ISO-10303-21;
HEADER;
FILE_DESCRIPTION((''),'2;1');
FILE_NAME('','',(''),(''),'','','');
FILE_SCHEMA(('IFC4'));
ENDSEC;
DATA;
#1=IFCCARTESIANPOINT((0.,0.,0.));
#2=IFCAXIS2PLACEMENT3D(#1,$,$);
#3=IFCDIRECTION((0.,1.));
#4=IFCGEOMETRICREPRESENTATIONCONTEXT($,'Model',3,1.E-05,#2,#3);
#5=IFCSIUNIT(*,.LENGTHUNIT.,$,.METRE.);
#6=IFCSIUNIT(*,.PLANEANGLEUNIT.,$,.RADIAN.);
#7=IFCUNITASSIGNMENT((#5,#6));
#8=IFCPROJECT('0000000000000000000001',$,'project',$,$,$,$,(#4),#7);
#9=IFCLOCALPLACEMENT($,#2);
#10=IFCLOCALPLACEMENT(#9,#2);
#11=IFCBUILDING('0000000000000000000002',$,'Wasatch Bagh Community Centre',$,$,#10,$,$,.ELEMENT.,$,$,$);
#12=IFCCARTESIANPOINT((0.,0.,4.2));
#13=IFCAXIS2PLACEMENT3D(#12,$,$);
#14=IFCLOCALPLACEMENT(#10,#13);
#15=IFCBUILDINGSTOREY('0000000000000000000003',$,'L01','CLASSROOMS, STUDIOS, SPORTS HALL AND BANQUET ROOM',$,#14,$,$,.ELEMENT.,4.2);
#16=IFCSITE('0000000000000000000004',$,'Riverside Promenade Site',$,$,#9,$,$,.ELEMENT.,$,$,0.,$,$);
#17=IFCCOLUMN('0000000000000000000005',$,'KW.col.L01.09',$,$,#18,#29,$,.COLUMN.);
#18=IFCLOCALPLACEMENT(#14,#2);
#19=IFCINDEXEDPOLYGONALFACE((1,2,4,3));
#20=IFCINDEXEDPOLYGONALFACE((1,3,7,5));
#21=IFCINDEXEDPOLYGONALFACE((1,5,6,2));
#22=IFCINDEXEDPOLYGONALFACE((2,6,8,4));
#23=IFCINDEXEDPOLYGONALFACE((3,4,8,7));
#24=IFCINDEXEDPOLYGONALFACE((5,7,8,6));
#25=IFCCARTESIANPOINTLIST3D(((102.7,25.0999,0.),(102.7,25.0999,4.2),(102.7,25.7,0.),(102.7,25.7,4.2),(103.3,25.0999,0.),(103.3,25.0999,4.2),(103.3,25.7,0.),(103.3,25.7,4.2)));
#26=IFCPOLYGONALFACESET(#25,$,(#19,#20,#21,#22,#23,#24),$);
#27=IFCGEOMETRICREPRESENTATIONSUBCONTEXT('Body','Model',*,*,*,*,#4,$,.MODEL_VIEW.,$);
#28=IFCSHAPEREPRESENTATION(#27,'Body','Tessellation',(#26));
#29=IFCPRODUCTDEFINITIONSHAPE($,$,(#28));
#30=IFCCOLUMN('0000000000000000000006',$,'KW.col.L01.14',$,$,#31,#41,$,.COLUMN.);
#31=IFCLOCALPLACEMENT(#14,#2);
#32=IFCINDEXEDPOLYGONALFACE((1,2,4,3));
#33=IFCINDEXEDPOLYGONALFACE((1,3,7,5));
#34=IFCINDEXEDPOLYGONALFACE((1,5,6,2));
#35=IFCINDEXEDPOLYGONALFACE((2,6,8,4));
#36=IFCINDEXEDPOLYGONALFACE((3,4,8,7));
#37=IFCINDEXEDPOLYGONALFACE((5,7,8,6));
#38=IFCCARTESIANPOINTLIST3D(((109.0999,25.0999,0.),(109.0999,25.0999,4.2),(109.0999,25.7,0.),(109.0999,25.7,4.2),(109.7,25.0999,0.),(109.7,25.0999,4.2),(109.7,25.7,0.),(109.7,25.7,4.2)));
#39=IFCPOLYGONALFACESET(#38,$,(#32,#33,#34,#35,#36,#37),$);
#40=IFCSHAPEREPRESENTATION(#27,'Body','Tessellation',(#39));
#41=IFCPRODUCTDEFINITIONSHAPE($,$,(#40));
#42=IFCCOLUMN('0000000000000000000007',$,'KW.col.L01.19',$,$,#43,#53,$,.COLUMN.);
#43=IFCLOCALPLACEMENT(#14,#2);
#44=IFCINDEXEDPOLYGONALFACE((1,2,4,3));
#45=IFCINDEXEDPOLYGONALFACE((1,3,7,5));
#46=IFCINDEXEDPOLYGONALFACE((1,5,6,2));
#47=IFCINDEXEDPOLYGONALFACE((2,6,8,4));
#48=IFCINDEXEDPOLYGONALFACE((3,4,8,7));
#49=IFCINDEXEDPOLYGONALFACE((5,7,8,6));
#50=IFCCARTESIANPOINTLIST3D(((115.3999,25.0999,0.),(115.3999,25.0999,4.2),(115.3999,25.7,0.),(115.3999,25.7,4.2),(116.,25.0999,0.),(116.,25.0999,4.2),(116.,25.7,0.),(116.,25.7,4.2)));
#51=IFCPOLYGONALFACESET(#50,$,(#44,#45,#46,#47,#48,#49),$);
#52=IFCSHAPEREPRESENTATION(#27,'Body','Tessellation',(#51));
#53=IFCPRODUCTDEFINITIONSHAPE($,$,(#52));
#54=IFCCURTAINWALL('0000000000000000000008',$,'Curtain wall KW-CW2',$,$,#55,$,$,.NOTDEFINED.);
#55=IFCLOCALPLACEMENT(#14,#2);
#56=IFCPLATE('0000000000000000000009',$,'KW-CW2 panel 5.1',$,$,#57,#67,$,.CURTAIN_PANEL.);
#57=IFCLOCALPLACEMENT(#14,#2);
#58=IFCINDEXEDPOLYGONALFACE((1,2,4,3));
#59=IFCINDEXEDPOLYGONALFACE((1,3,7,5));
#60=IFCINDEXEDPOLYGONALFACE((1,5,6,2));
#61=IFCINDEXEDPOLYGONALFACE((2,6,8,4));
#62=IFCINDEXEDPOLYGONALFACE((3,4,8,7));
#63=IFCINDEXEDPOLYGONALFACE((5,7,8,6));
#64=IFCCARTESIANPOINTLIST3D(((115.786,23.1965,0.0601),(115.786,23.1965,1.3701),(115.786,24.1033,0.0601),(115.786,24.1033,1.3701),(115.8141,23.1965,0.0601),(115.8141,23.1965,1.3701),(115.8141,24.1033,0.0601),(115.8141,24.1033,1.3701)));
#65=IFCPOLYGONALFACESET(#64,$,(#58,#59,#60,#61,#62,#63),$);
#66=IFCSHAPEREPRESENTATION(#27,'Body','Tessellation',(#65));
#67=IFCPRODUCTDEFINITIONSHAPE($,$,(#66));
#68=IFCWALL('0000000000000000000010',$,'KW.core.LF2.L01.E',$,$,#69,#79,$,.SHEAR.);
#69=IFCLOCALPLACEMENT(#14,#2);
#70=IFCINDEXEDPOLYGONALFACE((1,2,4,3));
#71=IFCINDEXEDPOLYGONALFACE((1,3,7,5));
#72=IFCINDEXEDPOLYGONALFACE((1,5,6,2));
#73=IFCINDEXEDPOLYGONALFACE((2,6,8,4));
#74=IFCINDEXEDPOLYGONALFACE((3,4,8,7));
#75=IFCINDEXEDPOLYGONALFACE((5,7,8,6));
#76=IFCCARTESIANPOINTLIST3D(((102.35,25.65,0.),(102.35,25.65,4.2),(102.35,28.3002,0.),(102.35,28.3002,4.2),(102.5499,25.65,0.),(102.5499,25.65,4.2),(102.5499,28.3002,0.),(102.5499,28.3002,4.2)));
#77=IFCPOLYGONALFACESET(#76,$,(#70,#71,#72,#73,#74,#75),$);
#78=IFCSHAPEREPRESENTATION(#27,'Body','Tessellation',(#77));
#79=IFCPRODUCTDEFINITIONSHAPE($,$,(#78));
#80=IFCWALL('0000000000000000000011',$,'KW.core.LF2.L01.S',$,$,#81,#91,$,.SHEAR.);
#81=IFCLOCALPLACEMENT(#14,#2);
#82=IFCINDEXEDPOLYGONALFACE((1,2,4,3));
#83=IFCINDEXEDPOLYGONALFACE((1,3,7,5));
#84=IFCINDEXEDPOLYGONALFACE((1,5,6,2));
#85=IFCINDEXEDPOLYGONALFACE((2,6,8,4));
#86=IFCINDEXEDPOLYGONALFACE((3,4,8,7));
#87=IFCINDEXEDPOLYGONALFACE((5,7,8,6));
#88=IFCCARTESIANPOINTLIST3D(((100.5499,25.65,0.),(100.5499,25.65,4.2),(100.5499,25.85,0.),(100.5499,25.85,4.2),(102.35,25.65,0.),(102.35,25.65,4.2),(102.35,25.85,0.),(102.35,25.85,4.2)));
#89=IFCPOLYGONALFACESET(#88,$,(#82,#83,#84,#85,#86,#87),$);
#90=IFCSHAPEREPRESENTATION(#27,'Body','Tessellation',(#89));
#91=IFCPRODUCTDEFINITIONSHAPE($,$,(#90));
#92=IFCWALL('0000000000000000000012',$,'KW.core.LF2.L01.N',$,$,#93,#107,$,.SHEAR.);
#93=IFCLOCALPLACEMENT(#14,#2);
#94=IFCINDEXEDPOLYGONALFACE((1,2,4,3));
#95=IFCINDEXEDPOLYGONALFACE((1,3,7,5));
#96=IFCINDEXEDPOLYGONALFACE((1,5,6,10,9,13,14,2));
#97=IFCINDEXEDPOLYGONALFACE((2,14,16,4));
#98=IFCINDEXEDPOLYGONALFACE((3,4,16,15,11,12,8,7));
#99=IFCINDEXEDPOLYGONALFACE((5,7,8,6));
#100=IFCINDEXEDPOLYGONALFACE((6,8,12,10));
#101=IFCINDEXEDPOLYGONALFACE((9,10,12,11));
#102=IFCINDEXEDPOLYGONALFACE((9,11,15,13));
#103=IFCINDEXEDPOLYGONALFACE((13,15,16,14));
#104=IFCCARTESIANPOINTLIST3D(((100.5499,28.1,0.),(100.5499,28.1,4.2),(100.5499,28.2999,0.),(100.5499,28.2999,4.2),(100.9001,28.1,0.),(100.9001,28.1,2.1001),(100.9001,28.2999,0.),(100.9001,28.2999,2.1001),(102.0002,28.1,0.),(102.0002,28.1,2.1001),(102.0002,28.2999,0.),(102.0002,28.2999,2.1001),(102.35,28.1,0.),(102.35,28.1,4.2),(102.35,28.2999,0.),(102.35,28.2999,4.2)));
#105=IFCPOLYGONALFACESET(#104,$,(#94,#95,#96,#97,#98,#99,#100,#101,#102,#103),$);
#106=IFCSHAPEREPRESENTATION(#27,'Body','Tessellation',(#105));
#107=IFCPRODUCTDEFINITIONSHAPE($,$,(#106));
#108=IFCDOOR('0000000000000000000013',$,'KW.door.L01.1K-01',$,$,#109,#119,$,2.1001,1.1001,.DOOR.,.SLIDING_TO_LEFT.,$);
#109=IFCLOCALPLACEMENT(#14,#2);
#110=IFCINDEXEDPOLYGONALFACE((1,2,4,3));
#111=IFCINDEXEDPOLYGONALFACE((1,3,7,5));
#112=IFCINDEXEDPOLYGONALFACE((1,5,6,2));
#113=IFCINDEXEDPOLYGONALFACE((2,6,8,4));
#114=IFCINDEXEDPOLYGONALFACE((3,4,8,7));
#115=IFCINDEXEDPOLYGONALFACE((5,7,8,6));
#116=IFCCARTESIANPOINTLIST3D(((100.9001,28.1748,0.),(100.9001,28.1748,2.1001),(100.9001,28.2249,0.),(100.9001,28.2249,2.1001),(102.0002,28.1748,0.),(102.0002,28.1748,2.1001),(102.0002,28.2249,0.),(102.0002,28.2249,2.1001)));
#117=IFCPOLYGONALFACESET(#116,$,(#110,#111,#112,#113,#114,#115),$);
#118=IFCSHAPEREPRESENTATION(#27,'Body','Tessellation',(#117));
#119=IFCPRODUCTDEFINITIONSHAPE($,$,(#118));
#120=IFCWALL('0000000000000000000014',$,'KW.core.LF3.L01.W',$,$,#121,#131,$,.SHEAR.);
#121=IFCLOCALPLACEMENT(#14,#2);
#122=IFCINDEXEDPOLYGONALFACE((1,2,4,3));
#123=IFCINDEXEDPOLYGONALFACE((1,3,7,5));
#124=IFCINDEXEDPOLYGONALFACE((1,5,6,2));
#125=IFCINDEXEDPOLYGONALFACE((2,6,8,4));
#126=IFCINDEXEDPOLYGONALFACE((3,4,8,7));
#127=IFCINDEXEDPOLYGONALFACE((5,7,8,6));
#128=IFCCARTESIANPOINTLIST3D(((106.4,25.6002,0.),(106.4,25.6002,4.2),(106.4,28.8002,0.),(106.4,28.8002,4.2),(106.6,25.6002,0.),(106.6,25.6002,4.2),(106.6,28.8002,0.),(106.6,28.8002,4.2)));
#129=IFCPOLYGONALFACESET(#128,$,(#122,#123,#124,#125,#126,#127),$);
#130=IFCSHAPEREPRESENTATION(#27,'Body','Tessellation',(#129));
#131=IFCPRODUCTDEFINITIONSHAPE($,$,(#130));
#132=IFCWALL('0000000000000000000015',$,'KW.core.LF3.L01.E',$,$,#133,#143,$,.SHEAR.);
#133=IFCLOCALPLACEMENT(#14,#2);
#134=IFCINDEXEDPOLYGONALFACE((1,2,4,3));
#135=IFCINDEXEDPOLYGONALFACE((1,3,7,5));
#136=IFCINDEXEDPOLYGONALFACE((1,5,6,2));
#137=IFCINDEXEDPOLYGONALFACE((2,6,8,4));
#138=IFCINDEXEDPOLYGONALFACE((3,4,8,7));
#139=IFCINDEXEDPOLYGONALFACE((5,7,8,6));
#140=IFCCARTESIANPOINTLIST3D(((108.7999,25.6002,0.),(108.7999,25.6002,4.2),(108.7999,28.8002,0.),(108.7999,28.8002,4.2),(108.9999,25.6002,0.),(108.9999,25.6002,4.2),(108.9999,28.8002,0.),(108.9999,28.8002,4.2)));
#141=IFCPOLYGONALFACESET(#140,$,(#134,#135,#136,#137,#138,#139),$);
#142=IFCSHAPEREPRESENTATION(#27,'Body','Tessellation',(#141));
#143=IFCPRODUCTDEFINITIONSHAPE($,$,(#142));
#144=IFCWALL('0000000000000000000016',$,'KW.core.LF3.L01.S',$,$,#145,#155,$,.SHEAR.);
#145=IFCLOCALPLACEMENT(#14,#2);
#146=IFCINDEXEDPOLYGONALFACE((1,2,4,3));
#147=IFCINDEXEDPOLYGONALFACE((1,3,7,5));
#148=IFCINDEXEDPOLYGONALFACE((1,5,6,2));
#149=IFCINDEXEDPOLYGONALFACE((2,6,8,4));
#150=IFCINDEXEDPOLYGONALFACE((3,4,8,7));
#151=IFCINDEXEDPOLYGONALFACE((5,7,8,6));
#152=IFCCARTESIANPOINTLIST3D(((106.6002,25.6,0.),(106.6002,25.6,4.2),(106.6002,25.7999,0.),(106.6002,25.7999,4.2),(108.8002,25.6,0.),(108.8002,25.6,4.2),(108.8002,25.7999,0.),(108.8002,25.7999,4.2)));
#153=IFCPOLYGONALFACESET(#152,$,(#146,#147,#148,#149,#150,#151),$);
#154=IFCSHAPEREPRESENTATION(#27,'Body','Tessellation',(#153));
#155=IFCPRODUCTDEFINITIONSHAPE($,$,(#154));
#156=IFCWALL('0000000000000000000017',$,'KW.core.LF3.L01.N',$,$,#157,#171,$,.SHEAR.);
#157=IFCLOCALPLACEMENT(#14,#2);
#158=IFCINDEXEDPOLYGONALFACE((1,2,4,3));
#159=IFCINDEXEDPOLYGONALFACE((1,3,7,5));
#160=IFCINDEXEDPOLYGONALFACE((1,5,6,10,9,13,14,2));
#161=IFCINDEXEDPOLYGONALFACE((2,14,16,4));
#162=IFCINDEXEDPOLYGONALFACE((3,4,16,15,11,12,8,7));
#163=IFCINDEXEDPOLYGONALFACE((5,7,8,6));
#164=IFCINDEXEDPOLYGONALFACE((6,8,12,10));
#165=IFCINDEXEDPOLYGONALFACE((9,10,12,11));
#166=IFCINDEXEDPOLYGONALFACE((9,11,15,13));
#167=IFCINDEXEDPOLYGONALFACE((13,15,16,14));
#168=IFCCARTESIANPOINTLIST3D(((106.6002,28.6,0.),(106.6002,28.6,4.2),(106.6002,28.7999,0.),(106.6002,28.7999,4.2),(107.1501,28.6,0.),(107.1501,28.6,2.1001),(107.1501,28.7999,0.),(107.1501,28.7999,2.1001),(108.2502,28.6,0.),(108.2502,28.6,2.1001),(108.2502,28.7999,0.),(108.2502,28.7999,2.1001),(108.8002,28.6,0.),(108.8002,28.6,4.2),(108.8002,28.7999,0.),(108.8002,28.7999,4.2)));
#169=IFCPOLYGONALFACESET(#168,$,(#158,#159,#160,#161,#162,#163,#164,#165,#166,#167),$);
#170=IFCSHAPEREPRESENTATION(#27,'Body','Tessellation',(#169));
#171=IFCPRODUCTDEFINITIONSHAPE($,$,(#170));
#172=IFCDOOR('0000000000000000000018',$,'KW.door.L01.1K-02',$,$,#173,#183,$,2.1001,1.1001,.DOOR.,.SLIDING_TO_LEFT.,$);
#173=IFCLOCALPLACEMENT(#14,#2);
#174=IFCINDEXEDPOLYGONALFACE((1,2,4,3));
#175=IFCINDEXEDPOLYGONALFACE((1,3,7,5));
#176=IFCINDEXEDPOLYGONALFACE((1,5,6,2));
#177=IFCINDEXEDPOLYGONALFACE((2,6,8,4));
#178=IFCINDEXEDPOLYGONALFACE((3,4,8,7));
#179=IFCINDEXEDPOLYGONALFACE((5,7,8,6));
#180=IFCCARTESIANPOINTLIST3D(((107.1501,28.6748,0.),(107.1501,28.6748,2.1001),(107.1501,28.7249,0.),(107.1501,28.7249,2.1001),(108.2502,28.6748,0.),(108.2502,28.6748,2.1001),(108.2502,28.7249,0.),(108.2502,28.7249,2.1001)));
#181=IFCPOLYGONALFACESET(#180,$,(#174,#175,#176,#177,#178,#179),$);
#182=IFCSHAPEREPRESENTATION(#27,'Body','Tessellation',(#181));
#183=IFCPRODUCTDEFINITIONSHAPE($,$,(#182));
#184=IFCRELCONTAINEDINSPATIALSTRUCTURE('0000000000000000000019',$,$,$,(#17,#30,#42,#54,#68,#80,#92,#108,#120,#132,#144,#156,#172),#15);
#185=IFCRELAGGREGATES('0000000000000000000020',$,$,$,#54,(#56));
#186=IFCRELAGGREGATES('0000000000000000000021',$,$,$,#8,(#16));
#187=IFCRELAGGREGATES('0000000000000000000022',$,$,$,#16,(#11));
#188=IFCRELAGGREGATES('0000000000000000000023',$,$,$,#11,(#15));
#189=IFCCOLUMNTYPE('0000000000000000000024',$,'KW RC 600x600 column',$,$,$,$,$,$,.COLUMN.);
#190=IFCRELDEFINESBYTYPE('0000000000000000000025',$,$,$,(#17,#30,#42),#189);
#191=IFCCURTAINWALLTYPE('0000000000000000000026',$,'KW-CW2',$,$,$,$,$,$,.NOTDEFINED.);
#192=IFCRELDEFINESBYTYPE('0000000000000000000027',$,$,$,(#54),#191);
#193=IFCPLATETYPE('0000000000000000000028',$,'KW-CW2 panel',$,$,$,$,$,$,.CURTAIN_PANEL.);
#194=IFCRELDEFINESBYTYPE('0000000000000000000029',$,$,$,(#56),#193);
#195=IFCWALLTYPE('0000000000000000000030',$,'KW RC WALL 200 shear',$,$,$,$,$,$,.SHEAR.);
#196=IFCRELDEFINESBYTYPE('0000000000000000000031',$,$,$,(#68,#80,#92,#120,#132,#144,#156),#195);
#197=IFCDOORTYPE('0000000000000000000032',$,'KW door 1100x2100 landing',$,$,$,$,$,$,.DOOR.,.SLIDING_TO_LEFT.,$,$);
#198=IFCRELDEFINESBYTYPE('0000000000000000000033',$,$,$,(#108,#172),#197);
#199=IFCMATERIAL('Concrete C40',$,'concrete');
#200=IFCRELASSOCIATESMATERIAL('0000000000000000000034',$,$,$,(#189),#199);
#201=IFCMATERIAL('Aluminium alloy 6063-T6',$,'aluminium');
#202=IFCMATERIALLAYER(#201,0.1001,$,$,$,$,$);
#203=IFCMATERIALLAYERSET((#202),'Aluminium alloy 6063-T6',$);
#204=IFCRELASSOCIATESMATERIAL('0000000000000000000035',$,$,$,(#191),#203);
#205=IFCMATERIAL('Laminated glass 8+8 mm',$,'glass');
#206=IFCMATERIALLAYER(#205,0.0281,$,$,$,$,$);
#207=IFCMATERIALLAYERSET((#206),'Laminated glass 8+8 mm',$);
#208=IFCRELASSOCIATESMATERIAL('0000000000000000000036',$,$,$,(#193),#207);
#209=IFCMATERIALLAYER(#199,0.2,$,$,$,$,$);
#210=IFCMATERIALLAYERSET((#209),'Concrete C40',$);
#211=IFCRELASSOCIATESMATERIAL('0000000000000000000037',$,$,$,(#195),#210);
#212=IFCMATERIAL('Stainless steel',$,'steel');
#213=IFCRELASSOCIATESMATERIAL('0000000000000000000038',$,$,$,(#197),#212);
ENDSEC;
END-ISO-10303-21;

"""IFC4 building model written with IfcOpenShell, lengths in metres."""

from ifc_helpers import new_model, si_unit, direction, frame, frame_2d, origin, origin_2d, place, context, subcontext, project, spatial, rectangle, extrude, material, layer, layer_set, material_profile, profile_set, type_object, element, fill, aggregate, save


model = new_model("IFC4")

# Units and contexts
model_context = context("Model", 3, precision=1e-05, world=origin(), true_north=direction((0.0, 1.0)))
body_context = subcontext(model_context, "Body", "Model", "MODEL_VIEW")
ifc_project = project(units=[si_unit("LENGTHUNIT", "METRE"), si_unit("PLANEANGLEUNIT", "RADIAN")], contexts=[model_context])

# Site, building, storey
site_placement = place(None, origin())
site = spatial("IfcSite", under=ifc_project, at=site_placement, Name="Riverside Promenade Site", CompositionType="ELEMENT", RefElevation=0.0)
building_placement = place(site_placement, origin())
building = spatial("IfcBuilding", under=site, at=building_placement, Name="Wasatch Bagh Community Centre", CompositionType="ELEMENT")
storey_placement = place(building_placement, frame((0.0, 0.0, 4.2)))
storey = spatial("IfcBuildingStorey", under=building, at=storey_placement, Name="L01", Description="CLASSROOMS, STUDIOS, SPORTS HALL AND BANQUET ROOM", CompositionType="ELEMENT", Elevation=4.2)

# Columns
ifc_material_1 = material(Name="Concrete C40", Category="concrete")
ifc_material_profile = material_profile(ifc_material_1, rectangle(XDim=0.6001, YDim=0.6001, at=origin_2d()), Name="RC 600x600")
ifc_profile_set = profile_set([ifc_material_profile], Name="Concrete C40")
column_type = type_object("IfcColumnType", Name="KW RC 600x600 column", PredefinedType="COLUMN", material=ifc_profile_set)
for number, where, z_axis, x_axis, name in (
    (1, (103.0, 25.3999, 0.0), (0.0, 0.0, 1.0), (1.0, 0.0, 0.0), "KW.col.L01.09"),
    (2, (109.3999, 25.3999, 0.0), (0.0, 0.0, 1.0), (1.0, 0.0, 0.0), "KW.col.L01.14"),
    (3, (115.7, 25.3999, 0.0), (0.0, 0.0, 1.0), (1.0, 0.0, 0.0), "KW.col.L01.19"),
):
    element("IfcColumn", number, at=place(storey_placement, frame(where, z_axis=z_axis, x_axis=x_axis)), inside=storey, type_object=column_type, Name=name, PredefinedType="COLUMN", context=body_context, shape_type="SweptSolid", body=[
        extrude(rectangle(XDim=0.6001, YDim=0.6001, at=origin_2d()), origin(), (0.0, 0.0, 1.0), 4.2),
    ])

# Curtain wall, plate
ifc_material_2 = material(Name="Aluminium alloy 6063-T6", Category="aluminium")
ifc_layer_1 = layer(ifc_material_2, 0.1001)
ifc_layer_set_1 = layer_set([ifc_layer_1], Name="Aluminium alloy 6063-T6")
curtain_wall_type = type_object("IfcCurtainWallType", Name="KW-CW2", PredefinedType="NOTDEFINED", material=ifc_layer_set_1)
curtain_wall_placement = place(storey_placement, origin())
curtain_wall = element("IfcCurtainWall", 4, at=curtain_wall_placement, inside=storey, type_object=curtain_wall_type, Name="Curtain wall KW-CW2", PredefinedType="NOTDEFINED")
ifc_material_3 = material(Name="Laminated glass 8+8 mm", Category="glass")
ifc_layer_2 = layer(ifc_material_3, 0.0281)
ifc_layer_set_2 = layer_set([ifc_layer_2], Name="Laminated glass 8+8 mm")
plate_type = type_object("IfcPlateType", Name="KW-CW2 panel", PredefinedType="CURTAIN_PANEL", material=ifc_layer_set_2)
plate_placement = place(storey_placement, frame((115.8, 23.6499, 0.0601), z_axis=(0.0, 0.0, 1.0), x_axis=(0.0, 1.0, 0.0)))
plate = element("IfcPlate", 5, at=plate_placement, type_object=plate_type, Name="KW-CW2 panel 5.1", PredefinedType="CURTAIN_PANEL", context=body_context, shape_type="SweptSolid", body=[
    extrude(rectangle(XDim=0.9067, YDim=0.0281, at=origin_2d()), origin(), (0.0, 0.0, 1.0), 1.3101),
])
aggregate(curtain_wall, [plate])

# Walls
ifc_layer_3 = layer(ifc_material_1, 0.2)
ifc_layer_set_3 = layer_set([ifc_layer_3], Name="Concrete C40")
wall_type_1 = type_object("IfcWallType", Name="KW RC WALL 200 shear", PredefinedType="SHEAR", material=ifc_layer_set_3)
wall_1_placement = place(storey_placement, frame((102.45, 25.6499, 0.0), z_axis=(0.0, 0.0, 1.0), x_axis=(0.0, 1.0, 0.0)))
element("IfcWall", 6, at=wall_1_placement, inside=storey, type_object=wall_type_1, Name="KW.core.LF2.L01.E", PredefinedType="SHEAR", context=body_context, shape_type="SweptSolid", body=[
    extrude(rectangle(XDim=2.6501, YDim=0.2, at=frame_2d((1.3252, 0.0))), origin(), (0.0, 0.0, 1.0), 4.2),
])
wall_2_placement = place(storey_placement, frame((100.55, 25.75, 0.0), z_axis=(0.0, 0.0, 1.0), x_axis=(1.0, 0.0, 0.0)))
element("IfcWall", 7, at=wall_2_placement, inside=storey, type_object=wall_type_1, Name="KW.core.LF2.L01.S", PredefinedType="SHEAR", context=body_context, shape_type="SweptSolid", body=[
    extrude(rectangle(XDim=1.8, YDim=0.2, at=frame_2d((0.8999, 0.0))), origin(), (0.0, 0.0, 1.0), 4.2),
])

# Wall, opening, door
wall_3_placement = place(storey_placement, frame((100.55, 28.2, 0.0), z_axis=(0.0, 0.0, 1.0), x_axis=(1.0, 0.0, 0.0)))
wall_3 = element("IfcWall", 8, at=wall_3_placement, inside=storey, type_object=wall_type_1, Name="KW.core.LF2.L01.N", PredefinedType="SHEAR", context=body_context, shape_type="SweptSolid", body=[
    extrude(rectangle(XDim=1.8, YDim=0.2, at=frame_2d((0.8999, 0.0))), origin(), (0.0, 0.0, 1.0), 4.2),
])
opening_1_placement = place(wall_3_placement, frame((0.3501, 0.0, 0.0)))
opening_1 = element("IfcOpeningElement", 9, at=opening_1_placement, cuts=wall_3, PredefinedType="OPENING", context=body_context, shape_type="SweptSolid", body=[
    extrude(rectangle(XDim=1.1001, YDim=2.1001, at=frame_2d((0.55, 1.05))), frame((0.0, 0.1099, 0.0), z_axis=(0.0, -1.0, 0.0), x_axis=(1.0, 0.0, 0.0)), (0.0, 0.0, 1.0), 0.22),
])
ifc_material_4 = material(Name="Stainless steel", Category="steel")
door_type_1 = type_object("IfcDoorType", Name="KW door 1100x2100 landing", OperationType="SLIDING_TO_LEFT", PredefinedType="DOOR", material=ifc_material_4)
door_1_placement = place(opening_1_placement, origin())
door_1 = element("IfcDoor", 10, at=door_1_placement, inside=storey, type_object=door_type_1, Name="KW.door.L01.1K-01", OperationType="SLIDING_TO_LEFT", OverallHeight=2.1001, OverallWidth=1.1001, PredefinedType="DOOR", context=body_context, shape_type="SweptSolid", body=[
    extrude(rectangle(XDim=1.1001, YDim=2.1001, at=frame_2d((0.55, 1.05))), frame((0.0, 0.0249, 0.0), z_axis=(0.0, -1.0, 0.0), x_axis=(1.0, 0.0, 0.0)), (0.0, 0.0, 1.0), 0.05),
])
fill(opening_1, door_1)

# Walls
for number, where, z_axis, x_axis, name in (
    (11, (106.5, 25.6001, 0.0), (0.0, 0.0, 1.0), (0.0, 1.0, 0.0), "KW.core.LF3.L01.W"),
    (12, (108.8999, 25.6001, 0.0), (0.0, 0.0, 1.0), (0.0, 1.0, 0.0), "KW.core.LF3.L01.E"),
):
    element("IfcWall", number, at=place(storey_placement, frame(where, z_axis=z_axis, x_axis=x_axis)), inside=storey, type_object=wall_type_1, Name=name, PredefinedType="SHEAR", context=body_context, shape_type="SweptSolid", body=[
        extrude(rectangle(XDim=3.2, YDim=0.2, at=frame_2d((1.6001, 0.0))), origin(), (0.0, 0.0, 1.0), 4.2),
    ])
wall_4_placement = place(storey_placement, frame((106.6001, 25.7, 0.0), z_axis=(0.0, 0.0, 1.0), x_axis=(1.0, 0.0, 0.0)))
element("IfcWall", 13, at=wall_4_placement, inside=storey, type_object=wall_type_1, Name="KW.core.LF3.L01.S", PredefinedType="SHEAR", context=body_context, shape_type="SweptSolid", body=[
    extrude(rectangle(XDim=2.2, YDim=0.2, at=frame_2d((1.1001, 0.0))), origin(), (0.0, 0.0, 1.0), 4.2),
])

# Wall, opening, door
wall_5_placement = place(storey_placement, frame((106.6001, 28.7, 0.0), z_axis=(0.0, 0.0, 1.0), x_axis=(1.0, 0.0, 0.0)))
wall_5 = element("IfcWall", 14, at=wall_5_placement, inside=storey, type_object=wall_type_1, Name="KW.core.LF3.L01.N", PredefinedType="SHEAR", context=body_context, shape_type="SweptSolid", body=[
    extrude(rectangle(XDim=2.2, YDim=0.2, at=frame_2d((1.1001, 0.0))), origin(), (0.0, 0.0, 1.0), 4.2),
])
opening_2_placement = place(wall_5_placement, frame((0.55, 0.0, 0.0)))
opening_2 = element("IfcOpeningElement", 15, at=opening_2_placement, cuts=wall_5, PredefinedType="OPENING", context=body_context, shape_type="SweptSolid", body=[
    extrude(rectangle(XDim=1.1001, YDim=2.1001, at=frame_2d((0.55, 1.05))), frame((0.0, 0.1099, 0.0), z_axis=(0.0, -1.0, 0.0), x_axis=(1.0, 0.0, 0.0)), (0.0, 0.0, 1.0), 0.22),
])
door_2_placement = place(opening_2_placement, origin())
door_2 = element("IfcDoor", 16, at=door_2_placement, inside=storey, type_object=door_type_1, Name="KW.door.L01.1K-02", OperationType="SLIDING_TO_LEFT", OverallHeight=2.1001, OverallWidth=1.1001, PredefinedType="DOOR", context=body_context, shape_type="SweptSolid", body=[
    extrude(rectangle(XDim=1.1001, YDim=2.1001, at=frame_2d((0.55, 1.05))), frame((0.0, 0.0249, 0.0), z_axis=(0.0, -1.0, 0.0), x_axis=(1.0, 0.0, 0.0)), (0.0, 0.0, 1.0), 0.05),
])
fill(opening_2, door_2)

save(model, "model.ifc")
